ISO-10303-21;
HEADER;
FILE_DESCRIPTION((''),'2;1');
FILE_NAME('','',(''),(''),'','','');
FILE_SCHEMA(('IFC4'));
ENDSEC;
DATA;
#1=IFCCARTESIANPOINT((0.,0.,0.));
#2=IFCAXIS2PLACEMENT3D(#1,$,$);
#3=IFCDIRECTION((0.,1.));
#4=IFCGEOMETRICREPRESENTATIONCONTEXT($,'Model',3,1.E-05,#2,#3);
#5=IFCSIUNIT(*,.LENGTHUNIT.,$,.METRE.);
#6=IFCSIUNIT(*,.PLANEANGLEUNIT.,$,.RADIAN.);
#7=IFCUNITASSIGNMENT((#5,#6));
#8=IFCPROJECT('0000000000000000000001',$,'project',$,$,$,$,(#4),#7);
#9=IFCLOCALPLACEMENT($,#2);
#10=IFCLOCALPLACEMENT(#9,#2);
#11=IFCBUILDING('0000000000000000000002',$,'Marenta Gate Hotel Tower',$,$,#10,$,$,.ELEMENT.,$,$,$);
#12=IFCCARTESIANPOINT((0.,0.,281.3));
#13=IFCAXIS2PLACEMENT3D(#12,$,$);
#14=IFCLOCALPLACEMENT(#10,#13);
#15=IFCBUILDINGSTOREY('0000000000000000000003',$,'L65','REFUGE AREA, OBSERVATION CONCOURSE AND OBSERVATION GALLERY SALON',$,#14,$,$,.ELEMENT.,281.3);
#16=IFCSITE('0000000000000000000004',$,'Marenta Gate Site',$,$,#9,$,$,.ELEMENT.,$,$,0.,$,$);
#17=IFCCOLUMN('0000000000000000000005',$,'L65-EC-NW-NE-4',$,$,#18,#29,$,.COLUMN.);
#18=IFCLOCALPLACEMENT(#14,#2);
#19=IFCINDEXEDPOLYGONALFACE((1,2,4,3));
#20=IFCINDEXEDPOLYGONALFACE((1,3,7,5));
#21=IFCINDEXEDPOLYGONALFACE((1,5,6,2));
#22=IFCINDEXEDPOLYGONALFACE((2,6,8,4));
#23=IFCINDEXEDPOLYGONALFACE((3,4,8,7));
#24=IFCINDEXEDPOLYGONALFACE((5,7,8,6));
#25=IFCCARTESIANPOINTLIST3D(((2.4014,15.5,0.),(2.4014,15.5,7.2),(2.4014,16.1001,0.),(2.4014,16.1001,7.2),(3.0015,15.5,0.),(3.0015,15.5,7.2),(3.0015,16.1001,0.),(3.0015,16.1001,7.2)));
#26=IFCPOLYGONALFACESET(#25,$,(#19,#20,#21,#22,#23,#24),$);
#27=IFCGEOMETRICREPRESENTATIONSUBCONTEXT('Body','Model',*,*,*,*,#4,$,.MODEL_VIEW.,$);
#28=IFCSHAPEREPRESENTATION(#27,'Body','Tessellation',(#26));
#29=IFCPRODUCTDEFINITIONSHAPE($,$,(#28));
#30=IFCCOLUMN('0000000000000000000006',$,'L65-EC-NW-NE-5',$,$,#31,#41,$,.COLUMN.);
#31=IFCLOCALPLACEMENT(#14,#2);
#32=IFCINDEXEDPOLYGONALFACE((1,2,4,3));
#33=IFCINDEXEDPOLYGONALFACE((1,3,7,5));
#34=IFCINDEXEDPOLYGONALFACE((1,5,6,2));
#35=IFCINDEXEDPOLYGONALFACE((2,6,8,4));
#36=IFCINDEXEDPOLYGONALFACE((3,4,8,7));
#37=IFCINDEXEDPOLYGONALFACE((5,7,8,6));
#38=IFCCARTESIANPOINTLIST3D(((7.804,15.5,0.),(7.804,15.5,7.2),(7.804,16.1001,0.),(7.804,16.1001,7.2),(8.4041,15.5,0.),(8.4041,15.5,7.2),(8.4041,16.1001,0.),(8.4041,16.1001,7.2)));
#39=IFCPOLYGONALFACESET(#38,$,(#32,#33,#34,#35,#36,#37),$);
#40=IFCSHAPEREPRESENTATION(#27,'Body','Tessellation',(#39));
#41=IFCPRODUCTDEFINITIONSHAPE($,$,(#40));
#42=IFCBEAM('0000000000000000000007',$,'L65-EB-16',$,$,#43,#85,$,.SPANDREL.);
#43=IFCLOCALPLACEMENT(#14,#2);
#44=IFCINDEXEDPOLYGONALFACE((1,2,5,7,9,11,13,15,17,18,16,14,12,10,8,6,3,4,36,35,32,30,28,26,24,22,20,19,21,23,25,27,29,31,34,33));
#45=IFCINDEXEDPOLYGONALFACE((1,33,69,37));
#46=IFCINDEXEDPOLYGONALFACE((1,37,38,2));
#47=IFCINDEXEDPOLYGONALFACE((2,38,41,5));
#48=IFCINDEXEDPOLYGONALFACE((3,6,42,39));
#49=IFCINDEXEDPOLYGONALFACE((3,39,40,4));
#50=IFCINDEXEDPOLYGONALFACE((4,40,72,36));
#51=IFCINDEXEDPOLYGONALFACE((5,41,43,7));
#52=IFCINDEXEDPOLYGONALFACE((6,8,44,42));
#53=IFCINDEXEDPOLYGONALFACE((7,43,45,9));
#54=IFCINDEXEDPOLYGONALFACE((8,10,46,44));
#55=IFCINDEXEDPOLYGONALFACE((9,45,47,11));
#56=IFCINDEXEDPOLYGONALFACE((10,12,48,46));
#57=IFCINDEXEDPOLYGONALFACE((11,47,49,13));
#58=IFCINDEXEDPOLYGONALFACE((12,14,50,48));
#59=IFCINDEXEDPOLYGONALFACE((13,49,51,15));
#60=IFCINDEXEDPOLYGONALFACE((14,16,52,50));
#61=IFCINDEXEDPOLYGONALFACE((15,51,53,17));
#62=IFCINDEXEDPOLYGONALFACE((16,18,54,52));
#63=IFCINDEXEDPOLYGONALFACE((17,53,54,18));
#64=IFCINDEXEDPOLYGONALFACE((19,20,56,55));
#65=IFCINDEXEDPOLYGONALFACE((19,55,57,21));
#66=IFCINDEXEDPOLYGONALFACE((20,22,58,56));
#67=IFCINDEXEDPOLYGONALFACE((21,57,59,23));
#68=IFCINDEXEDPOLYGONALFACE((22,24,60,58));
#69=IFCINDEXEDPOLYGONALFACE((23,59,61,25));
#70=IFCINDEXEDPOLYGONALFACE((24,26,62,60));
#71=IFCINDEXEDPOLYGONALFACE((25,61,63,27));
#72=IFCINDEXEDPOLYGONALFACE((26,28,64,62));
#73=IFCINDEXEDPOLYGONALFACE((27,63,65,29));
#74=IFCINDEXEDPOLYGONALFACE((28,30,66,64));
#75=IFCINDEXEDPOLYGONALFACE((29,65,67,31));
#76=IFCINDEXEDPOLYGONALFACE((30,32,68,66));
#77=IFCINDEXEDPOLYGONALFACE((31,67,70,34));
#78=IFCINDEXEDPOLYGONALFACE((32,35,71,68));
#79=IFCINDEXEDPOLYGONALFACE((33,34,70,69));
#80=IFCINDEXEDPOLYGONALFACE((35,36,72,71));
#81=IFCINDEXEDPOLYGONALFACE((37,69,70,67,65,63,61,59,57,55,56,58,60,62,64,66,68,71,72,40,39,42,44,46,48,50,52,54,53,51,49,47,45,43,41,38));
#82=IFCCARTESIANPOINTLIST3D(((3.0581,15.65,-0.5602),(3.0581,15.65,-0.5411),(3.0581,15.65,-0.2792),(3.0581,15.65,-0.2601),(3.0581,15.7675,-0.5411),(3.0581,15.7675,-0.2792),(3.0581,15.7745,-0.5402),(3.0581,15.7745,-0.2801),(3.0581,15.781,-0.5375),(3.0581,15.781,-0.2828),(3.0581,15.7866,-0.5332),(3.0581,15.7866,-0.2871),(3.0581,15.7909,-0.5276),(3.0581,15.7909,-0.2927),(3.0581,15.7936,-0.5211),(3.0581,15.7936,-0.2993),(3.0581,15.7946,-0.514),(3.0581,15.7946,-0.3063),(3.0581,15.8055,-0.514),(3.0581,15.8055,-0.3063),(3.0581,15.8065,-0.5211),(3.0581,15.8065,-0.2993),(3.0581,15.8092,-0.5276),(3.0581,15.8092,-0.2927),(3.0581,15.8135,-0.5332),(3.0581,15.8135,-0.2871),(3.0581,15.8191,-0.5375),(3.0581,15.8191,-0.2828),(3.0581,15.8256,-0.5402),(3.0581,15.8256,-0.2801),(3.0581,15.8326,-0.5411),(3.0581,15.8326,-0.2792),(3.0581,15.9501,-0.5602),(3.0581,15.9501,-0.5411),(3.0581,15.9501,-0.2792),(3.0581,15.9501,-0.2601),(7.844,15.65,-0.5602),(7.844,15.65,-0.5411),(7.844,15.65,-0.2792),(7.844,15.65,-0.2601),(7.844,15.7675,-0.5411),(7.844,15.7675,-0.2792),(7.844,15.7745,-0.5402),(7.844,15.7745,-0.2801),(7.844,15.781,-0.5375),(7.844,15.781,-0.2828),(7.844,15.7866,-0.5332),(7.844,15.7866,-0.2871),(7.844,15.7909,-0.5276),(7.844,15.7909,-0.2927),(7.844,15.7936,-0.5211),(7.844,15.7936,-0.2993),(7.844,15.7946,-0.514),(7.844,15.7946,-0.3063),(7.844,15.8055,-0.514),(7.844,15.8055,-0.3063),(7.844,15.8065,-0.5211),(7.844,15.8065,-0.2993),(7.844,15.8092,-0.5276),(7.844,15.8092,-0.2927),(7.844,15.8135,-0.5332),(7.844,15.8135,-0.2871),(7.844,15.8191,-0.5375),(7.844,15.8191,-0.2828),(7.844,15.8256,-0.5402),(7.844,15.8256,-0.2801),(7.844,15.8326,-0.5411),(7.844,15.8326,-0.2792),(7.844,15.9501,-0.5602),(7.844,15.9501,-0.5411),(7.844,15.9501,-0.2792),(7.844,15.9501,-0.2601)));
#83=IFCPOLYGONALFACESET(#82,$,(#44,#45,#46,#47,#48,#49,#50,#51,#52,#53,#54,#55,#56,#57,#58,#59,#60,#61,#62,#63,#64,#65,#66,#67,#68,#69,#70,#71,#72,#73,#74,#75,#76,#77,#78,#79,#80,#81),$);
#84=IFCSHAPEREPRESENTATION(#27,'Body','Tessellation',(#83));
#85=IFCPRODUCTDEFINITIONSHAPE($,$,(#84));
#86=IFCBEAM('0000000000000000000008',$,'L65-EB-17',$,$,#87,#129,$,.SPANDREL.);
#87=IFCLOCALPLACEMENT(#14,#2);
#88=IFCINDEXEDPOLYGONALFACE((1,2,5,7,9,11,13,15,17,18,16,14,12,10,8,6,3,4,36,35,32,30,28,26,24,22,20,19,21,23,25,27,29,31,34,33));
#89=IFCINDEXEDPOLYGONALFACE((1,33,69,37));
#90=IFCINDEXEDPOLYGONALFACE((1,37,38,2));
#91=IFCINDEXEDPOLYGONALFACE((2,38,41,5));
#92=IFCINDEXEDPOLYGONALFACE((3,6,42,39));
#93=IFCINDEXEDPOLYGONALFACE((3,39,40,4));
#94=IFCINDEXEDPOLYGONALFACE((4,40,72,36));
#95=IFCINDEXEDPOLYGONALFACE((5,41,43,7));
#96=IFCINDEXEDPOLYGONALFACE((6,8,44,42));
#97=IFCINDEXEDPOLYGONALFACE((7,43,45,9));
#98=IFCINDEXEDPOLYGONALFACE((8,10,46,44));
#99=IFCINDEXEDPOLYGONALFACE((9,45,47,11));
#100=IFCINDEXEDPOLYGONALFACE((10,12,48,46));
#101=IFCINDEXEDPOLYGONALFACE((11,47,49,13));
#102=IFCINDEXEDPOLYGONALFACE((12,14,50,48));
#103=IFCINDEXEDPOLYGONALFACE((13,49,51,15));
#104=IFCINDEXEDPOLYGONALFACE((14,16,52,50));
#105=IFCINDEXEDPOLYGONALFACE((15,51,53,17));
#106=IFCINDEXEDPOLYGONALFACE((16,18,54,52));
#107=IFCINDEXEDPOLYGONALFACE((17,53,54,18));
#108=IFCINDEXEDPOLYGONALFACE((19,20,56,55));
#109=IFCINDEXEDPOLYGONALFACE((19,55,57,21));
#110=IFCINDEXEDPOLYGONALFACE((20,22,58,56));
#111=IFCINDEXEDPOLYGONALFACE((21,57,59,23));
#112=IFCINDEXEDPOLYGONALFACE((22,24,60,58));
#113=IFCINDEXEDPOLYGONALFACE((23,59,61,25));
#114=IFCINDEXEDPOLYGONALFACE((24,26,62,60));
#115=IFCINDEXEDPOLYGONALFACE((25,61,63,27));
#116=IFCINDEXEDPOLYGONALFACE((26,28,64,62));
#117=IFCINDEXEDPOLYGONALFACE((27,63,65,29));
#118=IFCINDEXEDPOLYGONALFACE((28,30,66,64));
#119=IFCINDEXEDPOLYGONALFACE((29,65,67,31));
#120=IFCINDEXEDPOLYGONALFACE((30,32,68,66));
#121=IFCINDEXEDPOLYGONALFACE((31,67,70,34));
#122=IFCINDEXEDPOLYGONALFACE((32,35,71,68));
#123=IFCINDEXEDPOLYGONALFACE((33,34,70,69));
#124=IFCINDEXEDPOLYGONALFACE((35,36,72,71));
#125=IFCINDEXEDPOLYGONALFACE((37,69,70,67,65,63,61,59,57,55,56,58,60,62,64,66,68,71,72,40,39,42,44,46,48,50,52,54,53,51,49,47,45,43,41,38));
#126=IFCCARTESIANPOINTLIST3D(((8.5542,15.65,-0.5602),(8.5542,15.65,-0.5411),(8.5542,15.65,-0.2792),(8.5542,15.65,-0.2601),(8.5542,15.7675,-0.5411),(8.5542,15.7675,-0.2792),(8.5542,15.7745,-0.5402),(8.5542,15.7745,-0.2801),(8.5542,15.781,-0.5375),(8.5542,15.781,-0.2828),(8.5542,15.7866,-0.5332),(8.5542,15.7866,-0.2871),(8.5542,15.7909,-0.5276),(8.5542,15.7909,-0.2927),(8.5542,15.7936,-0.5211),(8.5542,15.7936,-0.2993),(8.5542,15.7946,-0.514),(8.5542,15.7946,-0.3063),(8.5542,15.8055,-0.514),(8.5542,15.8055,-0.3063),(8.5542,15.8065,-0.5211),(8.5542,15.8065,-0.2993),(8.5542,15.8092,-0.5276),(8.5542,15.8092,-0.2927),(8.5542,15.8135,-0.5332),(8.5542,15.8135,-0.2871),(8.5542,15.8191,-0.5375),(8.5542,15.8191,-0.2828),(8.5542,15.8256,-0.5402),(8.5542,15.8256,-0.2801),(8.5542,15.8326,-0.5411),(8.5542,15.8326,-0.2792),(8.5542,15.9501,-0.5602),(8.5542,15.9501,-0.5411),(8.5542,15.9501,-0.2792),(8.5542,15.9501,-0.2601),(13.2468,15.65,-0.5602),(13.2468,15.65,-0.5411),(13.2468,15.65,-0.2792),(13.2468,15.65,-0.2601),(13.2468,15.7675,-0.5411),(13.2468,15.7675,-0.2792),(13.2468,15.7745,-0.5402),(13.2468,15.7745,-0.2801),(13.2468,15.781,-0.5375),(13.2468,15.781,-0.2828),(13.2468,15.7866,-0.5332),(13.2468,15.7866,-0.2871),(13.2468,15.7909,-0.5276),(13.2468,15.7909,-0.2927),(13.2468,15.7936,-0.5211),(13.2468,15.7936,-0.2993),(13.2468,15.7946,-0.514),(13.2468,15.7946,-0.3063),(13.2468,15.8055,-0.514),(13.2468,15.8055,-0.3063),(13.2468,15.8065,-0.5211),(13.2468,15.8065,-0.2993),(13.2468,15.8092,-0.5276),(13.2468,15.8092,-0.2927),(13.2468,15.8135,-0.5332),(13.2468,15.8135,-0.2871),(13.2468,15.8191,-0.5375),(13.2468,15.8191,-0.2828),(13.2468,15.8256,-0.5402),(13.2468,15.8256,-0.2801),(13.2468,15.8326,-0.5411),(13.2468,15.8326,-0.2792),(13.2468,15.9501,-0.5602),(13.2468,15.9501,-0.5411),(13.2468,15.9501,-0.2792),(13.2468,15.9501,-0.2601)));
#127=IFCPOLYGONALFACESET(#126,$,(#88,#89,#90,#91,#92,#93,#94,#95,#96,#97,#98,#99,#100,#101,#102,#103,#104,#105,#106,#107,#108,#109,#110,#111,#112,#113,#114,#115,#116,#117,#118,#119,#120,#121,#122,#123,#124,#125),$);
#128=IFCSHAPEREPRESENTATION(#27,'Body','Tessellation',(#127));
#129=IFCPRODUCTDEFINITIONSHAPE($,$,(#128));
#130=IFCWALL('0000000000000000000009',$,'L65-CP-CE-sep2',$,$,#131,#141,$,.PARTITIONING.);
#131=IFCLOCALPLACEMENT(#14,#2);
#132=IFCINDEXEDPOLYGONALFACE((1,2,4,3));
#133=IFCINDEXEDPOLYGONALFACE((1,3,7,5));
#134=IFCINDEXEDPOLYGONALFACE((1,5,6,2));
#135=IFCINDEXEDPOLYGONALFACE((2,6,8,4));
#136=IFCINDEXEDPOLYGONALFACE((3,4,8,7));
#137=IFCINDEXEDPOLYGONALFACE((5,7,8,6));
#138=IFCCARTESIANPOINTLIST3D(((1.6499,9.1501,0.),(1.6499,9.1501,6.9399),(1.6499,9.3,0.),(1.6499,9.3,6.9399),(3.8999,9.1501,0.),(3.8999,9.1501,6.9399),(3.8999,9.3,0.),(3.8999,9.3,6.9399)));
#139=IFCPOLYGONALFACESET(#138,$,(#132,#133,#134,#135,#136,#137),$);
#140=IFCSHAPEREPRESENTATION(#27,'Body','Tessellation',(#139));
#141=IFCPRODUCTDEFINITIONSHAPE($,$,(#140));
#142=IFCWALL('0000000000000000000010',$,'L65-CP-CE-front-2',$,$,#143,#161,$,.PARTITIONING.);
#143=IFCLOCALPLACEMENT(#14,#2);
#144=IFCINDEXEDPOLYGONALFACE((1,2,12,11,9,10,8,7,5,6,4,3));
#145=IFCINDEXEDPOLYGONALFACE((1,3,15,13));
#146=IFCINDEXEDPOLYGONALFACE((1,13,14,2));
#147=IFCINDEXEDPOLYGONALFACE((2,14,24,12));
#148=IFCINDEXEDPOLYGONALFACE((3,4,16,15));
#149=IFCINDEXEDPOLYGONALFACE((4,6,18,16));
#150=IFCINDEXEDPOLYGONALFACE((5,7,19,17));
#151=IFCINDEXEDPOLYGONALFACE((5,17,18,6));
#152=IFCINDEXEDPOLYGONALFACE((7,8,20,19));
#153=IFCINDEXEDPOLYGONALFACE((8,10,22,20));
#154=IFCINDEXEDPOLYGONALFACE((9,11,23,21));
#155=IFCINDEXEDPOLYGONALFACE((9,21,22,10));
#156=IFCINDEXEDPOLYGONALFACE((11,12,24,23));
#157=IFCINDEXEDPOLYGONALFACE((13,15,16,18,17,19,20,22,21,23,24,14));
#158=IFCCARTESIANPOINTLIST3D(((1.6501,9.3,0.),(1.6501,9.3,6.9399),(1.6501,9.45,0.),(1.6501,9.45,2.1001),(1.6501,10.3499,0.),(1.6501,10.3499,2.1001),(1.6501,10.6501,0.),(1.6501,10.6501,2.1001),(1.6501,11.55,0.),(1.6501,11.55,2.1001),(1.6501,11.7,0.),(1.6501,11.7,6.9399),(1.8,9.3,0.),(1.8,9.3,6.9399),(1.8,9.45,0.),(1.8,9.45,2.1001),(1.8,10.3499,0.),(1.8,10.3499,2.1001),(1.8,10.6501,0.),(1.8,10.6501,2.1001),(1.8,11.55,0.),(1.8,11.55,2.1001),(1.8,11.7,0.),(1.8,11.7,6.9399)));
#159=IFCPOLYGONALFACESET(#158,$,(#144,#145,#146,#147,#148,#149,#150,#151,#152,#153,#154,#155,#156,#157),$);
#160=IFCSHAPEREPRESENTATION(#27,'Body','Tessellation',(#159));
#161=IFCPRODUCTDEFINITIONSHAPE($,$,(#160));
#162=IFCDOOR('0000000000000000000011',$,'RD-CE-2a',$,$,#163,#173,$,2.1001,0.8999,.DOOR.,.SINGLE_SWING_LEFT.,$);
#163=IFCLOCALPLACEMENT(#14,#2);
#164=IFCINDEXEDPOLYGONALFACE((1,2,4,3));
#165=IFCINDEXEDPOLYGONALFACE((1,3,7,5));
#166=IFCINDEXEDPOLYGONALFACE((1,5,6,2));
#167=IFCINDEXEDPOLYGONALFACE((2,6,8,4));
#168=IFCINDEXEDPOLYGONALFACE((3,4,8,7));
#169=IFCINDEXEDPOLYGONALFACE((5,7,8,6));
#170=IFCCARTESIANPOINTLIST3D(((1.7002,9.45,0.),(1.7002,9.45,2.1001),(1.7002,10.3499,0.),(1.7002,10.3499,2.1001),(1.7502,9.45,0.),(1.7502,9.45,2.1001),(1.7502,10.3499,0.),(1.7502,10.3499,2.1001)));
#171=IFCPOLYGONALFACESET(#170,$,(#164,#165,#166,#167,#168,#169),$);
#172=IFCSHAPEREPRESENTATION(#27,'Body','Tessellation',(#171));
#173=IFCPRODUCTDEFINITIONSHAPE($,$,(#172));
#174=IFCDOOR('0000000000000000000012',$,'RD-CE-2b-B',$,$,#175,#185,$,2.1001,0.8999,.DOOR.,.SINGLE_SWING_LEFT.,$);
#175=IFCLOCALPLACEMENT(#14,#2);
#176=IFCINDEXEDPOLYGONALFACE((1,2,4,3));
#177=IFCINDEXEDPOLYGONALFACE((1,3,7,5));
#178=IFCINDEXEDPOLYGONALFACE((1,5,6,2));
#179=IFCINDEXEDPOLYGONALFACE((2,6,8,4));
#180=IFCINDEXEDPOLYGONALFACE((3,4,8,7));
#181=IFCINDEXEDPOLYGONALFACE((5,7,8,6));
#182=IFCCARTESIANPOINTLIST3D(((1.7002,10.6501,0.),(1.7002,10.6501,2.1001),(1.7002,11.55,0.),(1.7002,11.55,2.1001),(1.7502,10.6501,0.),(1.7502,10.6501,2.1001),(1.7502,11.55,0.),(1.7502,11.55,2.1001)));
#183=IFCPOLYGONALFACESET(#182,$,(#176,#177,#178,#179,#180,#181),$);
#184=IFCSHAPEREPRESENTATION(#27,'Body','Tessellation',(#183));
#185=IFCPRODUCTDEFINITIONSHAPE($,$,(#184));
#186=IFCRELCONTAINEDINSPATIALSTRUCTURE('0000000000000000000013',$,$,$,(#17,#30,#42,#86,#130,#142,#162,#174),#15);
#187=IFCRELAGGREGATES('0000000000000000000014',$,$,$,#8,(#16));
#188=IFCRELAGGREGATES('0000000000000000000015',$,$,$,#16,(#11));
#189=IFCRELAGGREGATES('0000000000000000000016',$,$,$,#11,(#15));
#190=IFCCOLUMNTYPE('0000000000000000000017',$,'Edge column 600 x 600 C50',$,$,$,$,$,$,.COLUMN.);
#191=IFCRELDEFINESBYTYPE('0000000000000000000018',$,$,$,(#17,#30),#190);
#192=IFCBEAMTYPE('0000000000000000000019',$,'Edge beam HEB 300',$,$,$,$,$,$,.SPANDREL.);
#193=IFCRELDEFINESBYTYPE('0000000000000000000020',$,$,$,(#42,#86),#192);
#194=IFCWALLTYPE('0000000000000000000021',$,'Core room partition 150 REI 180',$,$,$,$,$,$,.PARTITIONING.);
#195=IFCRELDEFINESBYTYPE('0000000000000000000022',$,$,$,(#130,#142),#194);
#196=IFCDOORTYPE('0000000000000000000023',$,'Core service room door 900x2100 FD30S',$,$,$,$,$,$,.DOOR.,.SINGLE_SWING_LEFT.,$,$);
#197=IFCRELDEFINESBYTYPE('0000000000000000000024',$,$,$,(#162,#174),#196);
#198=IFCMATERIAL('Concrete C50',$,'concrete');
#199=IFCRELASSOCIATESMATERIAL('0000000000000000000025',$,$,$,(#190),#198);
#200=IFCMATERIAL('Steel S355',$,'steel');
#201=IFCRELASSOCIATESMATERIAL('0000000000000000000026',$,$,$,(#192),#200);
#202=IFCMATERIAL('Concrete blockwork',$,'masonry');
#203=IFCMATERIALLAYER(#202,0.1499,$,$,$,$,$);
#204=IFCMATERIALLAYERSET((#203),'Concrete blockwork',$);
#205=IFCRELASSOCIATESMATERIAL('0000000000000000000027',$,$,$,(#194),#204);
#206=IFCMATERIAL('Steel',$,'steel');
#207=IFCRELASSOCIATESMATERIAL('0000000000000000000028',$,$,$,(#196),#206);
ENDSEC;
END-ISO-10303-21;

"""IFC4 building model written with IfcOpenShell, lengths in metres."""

from ifc_helpers import new_model, si_unit, direction, frame, frame_2d, origin, origin_2d, place, context, subcontext, project, spatial, rectangle, i_section, extrude, material, layer, layer_set, material_profile, profile_set, type_object, element, fill, save


model = new_model("IFC4")

# Units and contexts
model_context = context("Model", 3, precision=1e-05, world=origin(), true_north=direction((0.0, 1.0)))
body_context = subcontext(model_context, "Body", "Model", "MODEL_VIEW")
ifc_project = project(units=[si_unit("LENGTHUNIT", "METRE"), si_unit("PLANEANGLEUNIT", "RADIAN")], contexts=[model_context])

# Site, building, storey
site_placement = place(None, origin())
site = spatial("IfcSite", under=ifc_project, at=site_placement, Name="Marenta Gate Site", CompositionType="ELEMENT", RefElevation=0.0)
building_placement = place(site_placement, origin())
building = spatial("IfcBuilding", under=site, at=building_placement, Name="Marenta Gate Hotel Tower", CompositionType="ELEMENT")
storey_placement = place(building_placement, frame((0.0, 0.0, 281.3)))
storey = spatial("IfcBuildingStorey", under=building, at=storey_placement, Name="L65", Description="REFUGE AREA, OBSERVATION CONCOURSE AND OBSERVATION GALLERY SALON", CompositionType="ELEMENT", Elevation=281.3)

# Columns
ifc_material_1 = material(Name="Concrete C50", Category="concrete")
ifc_material_profile_1 = material_profile(ifc_material_1, rectangle(XDim=0.6001, YDim=0.6001, at=origin_2d()), Name="600 x 600")
ifc_profile_set_1 = profile_set([ifc_material_profile_1], Name="Concrete C50")
column_type = type_object("IfcColumnType", Name="Edge column 600 x 600 C50", PredefinedType="COLUMN", material=ifc_profile_set_1)
for number, where, z_axis, x_axis, name in (
    (1, (2.7014, 15.8, 0.0), (0.0, 0.0, 1.0), (1.0, 0.0, 0.0), "L65-EC-NW-NE-4"),
    (2, (8.104, 15.8, 0.0), (0.0, 0.0, 1.0), (1.0, 0.0, 0.0), "L65-EC-NW-NE-5"),
):
    element("IfcColumn", number, at=place(storey_placement, frame(where, z_axis=z_axis, x_axis=x_axis)), inside=storey, type_object=column_type, Name=name, PredefinedType="COLUMN", context=body_context, shape_type="SweptSolid", body=[
        extrude(rectangle(XDim=0.6001, YDim=0.6001, at=origin_2d()), origin(), (0.0, 0.0, 1.0), 7.2),
    ])

# Beams
ifc_material_2 = material(Name="Steel S355", Category="steel")
ifc_material_profile_2 = material_profile(ifc_material_2, i_section(OverallWidth=0.3, OverallDepth=0.3, WebThickness=0.011, FlangeThickness=0.019, FilletRadius=0.0271, at=origin_2d()), Name="HEB 300")
ifc_profile_set_2 = profile_set([ifc_material_profile_2], Name="Steel S355")
beam_type = type_object("IfcBeamType", Name="Edge beam HEB 300", PredefinedType="SPANDREL", material=ifc_profile_set_2)
beam_1_placement = place(storey_placement, frame((3.0581, 15.8, -0.4102), z_axis=(1.0, 0.0, 0.0), x_axis=(0.0, 1.0, 0.0)))
element("IfcBeam", 3, at=beam_1_placement, inside=storey, type_object=beam_type, Name="L65-EB-16", PredefinedType="SPANDREL", context=body_context, shape_type="SweptSolid", body=[
    extrude(i_section(OverallWidth=0.3, OverallDepth=0.3, WebThickness=0.011, FlangeThickness=0.019, FilletRadius=0.0271, at=origin_2d()), origin(), (0.0, 0.0, 1.0), 4.7859),
])
beam_2_placement = place(storey_placement, frame((8.5542, 15.8, -0.4102), z_axis=(1.0, 0.0, 0.0), x_axis=(0.0, 1.0, 0.0)))
element("IfcBeam", 4, at=beam_2_placement, inside=storey, type_object=beam_type, Name="L65-EB-17", PredefinedType="SPANDREL", context=body_context, shape_type="SweptSolid", body=[
    extrude(i_section(OverallWidth=0.3, OverallDepth=0.3, WebThickness=0.011, FlangeThickness=0.019, FilletRadius=0.0271, at=origin_2d()), origin(), (0.0, 0.0, 1.0), 4.6926),
])

# Wall
ifc_material_3 = material(Name="Concrete blockwork", Category="masonry")
ifc_layer_1 = layer(ifc_material_3, 0.1499)
ifc_layer_set_1 = layer_set([ifc_layer_1], Name="Concrete blockwork")
wall_type_1 = type_object("IfcWallType", Name="Core room partition 150 REI 180", PredefinedType="PARTITIONING", material=ifc_layer_set_1)
wall_1_placement = place(storey_placement, frame((1.6499, 9.2251, 0.0), z_axis=(0.0, 0.0, 1.0), x_axis=(1.0, 0.0, 0.0)))
element("IfcWall", 5, at=wall_1_placement, inside=storey, type_object=wall_type_1, Name="L65-CP-CE-sep2", PredefinedType="PARTITIONING", context=body_context, shape_type="SweptSolid", body=[
    extrude(rectangle(XDim=2.25, YDim=0.1499, at=frame_2d((1.125, 0.0))), origin(), (0.0, 0.0, 1.0), 6.9399),
])

# Wall, openings, doors
wall_2_placement = place(storey_placement, frame((1.7251, 9.3, 0.0), z_axis=(0.0, 0.0, 1.0), x_axis=(0.0, 1.0, 0.0)))
wall_2 = element("IfcWall", 6, at=wall_2_placement, inside=storey, type_object=wall_type_1, Name="L65-CP-CE-front-2", PredefinedType="PARTITIONING", context=body_context, shape_type="SweptSolid", body=[
    extrude(rectangle(XDim=2.3999, YDim=0.1499, at=frame_2d((1.2, 0.0))), origin(), (0.0, 0.0, 1.0), 6.9399),
])
opening_1_placement = place(wall_2_placement, frame((0.1499, 0.0, 0.0)))
opening_1 = element("IfcOpeningElement", 7, at=opening_1_placement, cuts=wall_2, PredefinedType="OPENING", context=body_context, shape_type="SweptSolid", body=[
    extrude(rectangle(XDim=0.8999, YDim=2.1001, at=frame_2d((0.45, 1.05))), frame((0.0, 0.075, 0.0), z_axis=(0.0, -1.0, 0.0), x_axis=(1.0, 0.0, 0.0)), (0.0, 0.0, 1.0), 0.1499),
])
opening_2_placement = place(wall_2_placement, frame((1.3501, 0.0, 0.0)))
opening_2 = element("IfcOpeningElement", 8, at=opening_2_placement, cuts=wall_2, PredefinedType="OPENING", context=body_context, shape_type="SweptSolid", body=[
    extrude(rectangle(XDim=0.8999, YDim=2.1001, at=frame_2d((0.45, 1.05))), frame((0.0, 0.075, 0.0), z_axis=(0.0, -1.0, 0.0), x_axis=(1.0, 0.0, 0.0)), (0.0, 0.0, 1.0), 0.1499),
])
ifc_material_4 = material(Name="Steel", Category="steel")
door_type_1 = type_object("IfcDoorType", Name="Core service room door 900x2100 FD30S", OperationType="SINGLE_SWING_LEFT", PredefinedType="DOOR", material=ifc_material_4)
door_1_placement = place(opening_1_placement, origin())
door_1 = element("IfcDoor", 9, at=door_1_placement, inside=storey, type_object=door_type_1, Name="RD-CE-2a", OperationType="SINGLE_SWING_LEFT", OverallHeight=2.1001, OverallWidth=0.8999, PredefinedType="DOOR", context=body_context, shape_type="SweptSolid", body=[
    extrude(rectangle(XDim=0.8999, YDim=2.1001, at=frame_2d((0.45, 1.05))), frame((0.0, 0.0249, 0.0), z_axis=(0.0, -1.0, 0.0), x_axis=(1.0, 0.0, 0.0)), (0.0, 0.0, 1.0), 0.05),
])
fill(opening_1, door_1)
door_2_placement = place(opening_2_placement, origin())
door_2 = element("IfcDoor", 10, at=door_2_placement, inside=storey, type_object=door_type_1, Name="RD-CE-2b-B", OperationType="SINGLE_SWING_LEFT", OverallHeight=2.1001, OverallWidth=0.8999, PredefinedType="DOOR", context=body_context, shape_type="SweptSolid", body=[
    extrude(rectangle(XDim=0.8999, YDim=2.1001, at=frame_2d((0.45, 1.05))), frame((0.0, 0.0249, 0.0), z_axis=(0.0, -1.0, 0.0), x_axis=(1.0, 0.0, 0.0)), (0.0, 0.0, 1.0), 0.05),
])
fill(opening_2, door_2)

save(model, "model.ifc")
